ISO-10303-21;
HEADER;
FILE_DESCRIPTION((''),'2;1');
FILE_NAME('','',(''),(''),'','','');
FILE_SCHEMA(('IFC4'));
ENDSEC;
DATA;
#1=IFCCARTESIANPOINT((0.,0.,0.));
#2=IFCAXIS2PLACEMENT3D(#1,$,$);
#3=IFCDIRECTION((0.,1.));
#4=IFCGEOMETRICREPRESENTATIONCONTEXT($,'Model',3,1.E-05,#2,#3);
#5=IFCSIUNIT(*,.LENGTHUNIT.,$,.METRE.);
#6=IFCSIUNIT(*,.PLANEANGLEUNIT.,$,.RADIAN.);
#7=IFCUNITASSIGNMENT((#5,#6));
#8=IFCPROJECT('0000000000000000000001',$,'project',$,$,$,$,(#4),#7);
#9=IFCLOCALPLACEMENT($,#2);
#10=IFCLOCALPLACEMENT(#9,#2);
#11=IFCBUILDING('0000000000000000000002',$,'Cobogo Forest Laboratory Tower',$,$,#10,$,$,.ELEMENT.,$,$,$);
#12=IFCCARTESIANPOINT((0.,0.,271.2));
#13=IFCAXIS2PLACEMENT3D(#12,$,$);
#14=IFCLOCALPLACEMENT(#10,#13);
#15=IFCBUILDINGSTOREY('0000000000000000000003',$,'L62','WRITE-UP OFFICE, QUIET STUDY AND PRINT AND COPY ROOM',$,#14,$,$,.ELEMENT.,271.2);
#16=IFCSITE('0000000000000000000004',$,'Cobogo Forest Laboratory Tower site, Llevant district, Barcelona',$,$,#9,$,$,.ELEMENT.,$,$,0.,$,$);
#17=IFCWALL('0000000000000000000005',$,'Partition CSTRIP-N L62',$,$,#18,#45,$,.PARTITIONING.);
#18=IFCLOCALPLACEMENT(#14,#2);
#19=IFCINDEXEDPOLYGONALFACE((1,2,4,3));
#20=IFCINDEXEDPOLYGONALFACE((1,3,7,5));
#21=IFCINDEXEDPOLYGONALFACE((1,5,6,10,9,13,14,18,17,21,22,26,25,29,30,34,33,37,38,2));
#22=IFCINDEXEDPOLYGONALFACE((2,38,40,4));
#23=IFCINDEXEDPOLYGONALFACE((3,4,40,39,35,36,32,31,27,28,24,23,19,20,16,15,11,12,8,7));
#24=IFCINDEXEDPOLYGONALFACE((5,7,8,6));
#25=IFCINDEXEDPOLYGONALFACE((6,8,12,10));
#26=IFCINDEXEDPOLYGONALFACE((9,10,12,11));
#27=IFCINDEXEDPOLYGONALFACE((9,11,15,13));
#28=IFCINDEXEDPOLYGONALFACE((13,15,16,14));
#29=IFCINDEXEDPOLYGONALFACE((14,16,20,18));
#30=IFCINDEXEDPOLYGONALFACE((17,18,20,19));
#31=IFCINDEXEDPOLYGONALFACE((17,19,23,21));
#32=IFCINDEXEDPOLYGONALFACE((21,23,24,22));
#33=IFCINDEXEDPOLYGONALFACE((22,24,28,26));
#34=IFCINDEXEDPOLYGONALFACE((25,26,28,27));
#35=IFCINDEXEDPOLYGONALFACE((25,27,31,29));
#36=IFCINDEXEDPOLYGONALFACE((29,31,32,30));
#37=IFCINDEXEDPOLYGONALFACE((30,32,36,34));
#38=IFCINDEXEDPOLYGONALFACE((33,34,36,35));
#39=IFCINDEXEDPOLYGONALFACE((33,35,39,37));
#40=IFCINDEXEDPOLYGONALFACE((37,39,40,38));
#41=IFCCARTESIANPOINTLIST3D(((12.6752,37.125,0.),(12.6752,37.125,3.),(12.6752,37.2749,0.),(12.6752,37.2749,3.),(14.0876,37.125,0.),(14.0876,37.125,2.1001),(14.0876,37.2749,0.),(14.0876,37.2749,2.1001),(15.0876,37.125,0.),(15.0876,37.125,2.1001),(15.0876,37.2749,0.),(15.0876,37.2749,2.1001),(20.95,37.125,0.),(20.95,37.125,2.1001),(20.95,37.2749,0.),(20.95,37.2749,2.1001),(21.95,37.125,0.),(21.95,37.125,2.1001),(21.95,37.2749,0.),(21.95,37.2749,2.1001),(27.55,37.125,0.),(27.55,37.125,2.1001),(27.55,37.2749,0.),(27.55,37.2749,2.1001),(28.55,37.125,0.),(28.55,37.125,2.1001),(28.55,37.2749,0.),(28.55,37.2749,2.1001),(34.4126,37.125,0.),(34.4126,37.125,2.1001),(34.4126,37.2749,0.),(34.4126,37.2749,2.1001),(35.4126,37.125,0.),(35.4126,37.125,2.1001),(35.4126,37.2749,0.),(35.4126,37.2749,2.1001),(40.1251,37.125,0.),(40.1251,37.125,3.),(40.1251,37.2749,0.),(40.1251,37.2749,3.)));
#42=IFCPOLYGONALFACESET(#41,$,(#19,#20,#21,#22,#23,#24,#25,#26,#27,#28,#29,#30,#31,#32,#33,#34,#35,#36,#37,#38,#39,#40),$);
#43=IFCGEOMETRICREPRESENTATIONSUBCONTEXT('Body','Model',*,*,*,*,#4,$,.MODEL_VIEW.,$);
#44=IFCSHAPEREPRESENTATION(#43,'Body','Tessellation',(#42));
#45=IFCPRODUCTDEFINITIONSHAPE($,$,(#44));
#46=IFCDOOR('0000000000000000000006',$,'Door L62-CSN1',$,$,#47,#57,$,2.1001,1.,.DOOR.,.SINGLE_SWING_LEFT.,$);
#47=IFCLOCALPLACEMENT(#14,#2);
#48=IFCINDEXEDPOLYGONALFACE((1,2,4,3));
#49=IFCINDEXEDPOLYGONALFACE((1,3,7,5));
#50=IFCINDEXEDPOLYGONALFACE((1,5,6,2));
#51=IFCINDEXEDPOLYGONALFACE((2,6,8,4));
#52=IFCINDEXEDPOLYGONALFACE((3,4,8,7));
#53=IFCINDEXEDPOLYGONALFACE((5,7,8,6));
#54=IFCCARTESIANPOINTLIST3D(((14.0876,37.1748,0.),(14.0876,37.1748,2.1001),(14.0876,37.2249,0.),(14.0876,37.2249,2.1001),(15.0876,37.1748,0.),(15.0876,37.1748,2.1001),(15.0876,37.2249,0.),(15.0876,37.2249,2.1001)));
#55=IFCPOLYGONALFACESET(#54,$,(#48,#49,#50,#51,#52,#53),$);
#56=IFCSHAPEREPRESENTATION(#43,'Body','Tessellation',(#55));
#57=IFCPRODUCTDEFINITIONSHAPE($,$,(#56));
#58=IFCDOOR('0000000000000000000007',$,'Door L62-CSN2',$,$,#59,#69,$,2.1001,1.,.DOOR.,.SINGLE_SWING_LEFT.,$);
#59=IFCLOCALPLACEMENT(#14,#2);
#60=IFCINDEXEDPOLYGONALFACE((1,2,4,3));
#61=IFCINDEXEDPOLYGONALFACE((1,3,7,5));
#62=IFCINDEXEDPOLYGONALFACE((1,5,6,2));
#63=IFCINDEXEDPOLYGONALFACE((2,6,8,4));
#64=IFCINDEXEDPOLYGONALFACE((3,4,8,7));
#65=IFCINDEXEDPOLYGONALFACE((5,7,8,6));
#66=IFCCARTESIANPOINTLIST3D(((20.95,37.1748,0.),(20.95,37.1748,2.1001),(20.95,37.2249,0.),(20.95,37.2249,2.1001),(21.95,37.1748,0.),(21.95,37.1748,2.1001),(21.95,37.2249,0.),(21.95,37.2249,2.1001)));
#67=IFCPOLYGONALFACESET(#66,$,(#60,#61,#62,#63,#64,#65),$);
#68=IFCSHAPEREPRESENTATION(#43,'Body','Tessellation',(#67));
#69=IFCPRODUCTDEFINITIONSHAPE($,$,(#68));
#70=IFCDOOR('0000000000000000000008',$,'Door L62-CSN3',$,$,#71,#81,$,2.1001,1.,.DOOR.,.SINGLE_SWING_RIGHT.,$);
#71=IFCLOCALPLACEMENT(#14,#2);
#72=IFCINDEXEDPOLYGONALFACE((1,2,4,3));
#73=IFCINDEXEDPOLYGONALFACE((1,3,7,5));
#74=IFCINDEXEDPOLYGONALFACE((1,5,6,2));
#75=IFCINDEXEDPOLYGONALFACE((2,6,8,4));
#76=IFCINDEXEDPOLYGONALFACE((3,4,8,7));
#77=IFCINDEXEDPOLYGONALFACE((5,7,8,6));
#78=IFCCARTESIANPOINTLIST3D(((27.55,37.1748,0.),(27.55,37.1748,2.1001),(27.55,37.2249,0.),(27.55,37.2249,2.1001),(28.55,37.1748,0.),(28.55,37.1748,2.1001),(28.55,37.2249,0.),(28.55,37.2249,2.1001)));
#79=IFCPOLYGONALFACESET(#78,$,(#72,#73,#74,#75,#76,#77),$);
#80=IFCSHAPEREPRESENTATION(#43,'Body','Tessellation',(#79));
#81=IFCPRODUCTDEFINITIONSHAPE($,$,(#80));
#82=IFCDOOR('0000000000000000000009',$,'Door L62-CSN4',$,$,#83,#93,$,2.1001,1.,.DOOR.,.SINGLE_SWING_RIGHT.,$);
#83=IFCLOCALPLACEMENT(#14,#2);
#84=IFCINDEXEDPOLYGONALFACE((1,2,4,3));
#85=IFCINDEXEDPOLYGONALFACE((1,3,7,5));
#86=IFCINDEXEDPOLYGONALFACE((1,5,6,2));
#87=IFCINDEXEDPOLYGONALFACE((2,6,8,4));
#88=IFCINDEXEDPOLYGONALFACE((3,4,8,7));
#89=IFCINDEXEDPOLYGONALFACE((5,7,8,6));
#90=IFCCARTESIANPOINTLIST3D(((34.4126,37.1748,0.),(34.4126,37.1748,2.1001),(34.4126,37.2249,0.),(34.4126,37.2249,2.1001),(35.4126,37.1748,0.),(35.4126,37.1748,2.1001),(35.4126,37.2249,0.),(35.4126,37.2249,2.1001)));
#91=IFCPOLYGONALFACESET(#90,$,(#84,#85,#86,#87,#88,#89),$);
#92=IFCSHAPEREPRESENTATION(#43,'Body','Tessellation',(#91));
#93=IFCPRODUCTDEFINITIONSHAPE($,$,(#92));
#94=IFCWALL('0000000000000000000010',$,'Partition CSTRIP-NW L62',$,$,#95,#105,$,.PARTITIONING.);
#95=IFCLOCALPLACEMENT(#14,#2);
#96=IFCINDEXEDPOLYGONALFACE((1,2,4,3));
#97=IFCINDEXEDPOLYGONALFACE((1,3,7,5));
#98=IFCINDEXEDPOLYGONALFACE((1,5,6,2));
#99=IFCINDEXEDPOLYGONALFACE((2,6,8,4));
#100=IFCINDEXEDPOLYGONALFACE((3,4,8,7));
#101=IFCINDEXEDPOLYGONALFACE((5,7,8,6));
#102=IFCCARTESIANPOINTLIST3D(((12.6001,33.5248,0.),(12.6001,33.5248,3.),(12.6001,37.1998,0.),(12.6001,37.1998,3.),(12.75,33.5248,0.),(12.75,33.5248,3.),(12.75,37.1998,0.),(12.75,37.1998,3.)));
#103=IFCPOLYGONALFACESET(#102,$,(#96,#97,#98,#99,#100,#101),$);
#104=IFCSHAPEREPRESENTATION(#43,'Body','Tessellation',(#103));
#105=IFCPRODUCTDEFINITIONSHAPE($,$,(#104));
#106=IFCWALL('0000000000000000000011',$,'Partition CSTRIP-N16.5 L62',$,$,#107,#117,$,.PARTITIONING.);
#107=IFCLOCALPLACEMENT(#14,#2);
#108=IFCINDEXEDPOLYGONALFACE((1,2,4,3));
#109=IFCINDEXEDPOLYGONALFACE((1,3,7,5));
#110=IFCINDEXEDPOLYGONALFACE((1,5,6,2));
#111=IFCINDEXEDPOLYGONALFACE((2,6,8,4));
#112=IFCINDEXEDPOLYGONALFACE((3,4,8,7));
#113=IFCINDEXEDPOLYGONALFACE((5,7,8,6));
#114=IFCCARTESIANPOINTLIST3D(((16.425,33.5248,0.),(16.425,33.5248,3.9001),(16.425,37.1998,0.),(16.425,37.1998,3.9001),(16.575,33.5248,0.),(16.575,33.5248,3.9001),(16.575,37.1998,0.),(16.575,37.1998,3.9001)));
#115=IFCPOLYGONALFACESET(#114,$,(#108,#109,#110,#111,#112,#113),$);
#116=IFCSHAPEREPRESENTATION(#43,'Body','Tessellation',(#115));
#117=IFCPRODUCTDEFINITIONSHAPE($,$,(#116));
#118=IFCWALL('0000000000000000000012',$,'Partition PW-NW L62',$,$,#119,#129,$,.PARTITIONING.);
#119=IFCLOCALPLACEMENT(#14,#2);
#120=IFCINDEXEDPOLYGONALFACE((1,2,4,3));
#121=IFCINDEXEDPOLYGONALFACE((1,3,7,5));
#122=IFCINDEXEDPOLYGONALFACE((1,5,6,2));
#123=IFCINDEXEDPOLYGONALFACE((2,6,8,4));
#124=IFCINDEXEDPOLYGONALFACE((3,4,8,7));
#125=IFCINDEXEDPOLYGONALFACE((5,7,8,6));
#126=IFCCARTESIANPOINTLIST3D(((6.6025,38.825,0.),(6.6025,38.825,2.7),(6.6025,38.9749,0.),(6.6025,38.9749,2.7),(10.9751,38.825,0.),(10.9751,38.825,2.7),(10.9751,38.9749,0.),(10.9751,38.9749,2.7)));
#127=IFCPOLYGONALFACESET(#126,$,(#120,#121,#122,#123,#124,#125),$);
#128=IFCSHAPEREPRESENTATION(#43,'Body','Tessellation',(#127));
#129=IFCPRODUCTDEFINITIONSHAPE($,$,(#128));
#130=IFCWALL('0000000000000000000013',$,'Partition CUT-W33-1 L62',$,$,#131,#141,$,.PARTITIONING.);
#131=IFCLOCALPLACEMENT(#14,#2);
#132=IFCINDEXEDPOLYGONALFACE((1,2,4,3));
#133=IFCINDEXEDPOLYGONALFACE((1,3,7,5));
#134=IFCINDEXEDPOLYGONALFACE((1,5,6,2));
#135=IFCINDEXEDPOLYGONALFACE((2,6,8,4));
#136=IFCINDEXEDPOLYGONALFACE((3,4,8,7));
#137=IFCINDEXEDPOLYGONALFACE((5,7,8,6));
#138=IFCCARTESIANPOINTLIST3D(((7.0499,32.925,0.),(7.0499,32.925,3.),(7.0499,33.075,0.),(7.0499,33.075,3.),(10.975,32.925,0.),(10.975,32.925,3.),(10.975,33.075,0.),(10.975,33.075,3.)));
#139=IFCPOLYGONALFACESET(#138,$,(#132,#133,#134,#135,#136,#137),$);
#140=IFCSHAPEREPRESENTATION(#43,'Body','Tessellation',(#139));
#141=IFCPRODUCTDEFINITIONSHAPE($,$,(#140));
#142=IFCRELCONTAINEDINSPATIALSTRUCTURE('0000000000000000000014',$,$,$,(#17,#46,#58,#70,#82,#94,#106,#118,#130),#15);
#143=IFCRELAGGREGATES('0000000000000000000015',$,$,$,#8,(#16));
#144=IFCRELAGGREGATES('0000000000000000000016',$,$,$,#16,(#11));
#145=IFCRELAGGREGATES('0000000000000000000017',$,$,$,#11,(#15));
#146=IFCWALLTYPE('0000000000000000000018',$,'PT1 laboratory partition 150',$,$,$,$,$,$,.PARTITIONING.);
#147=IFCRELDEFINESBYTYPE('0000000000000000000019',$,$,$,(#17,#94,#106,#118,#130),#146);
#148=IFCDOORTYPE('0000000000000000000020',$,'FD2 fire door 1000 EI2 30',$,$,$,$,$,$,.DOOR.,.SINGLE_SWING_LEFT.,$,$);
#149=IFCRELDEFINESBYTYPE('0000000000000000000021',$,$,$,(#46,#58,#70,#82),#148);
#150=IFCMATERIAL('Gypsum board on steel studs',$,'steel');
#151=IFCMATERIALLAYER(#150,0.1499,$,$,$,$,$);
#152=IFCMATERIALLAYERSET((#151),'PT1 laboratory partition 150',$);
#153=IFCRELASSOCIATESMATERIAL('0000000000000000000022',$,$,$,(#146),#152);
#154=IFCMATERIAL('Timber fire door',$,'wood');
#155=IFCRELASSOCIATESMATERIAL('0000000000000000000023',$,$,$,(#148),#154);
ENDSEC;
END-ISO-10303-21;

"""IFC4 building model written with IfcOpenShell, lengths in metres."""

from ifc_helpers import new_model, si_unit, direction, frame, frame_2d, origin, place, context, subcontext, project, spatial, rectangle, extrude, material, layer, layer_set, type_object, element, fill, save


model = new_model("IFC4")

# Units and contexts
model_context = context("Model", 3, precision=1e-05, world=origin(), true_north=direction((0.0, 1.0)))
body_context = subcontext(model_context, "Body", "Model", "MODEL_VIEW")
ifc_project = project(units=[si_unit("LENGTHUNIT", "METRE"), si_unit("PLANEANGLEUNIT", "RADIAN")], contexts=[model_context])

# Site, building, storey
site_placement = place(None, origin())
site = spatial("IfcSite", under=ifc_project, at=site_placement, Name="Cobogo Forest Laboratory Tower site, Llevant district, Barcelona", CompositionType="ELEMENT", RefElevation=0.0)
building_placement = place(site_placement, origin())
building = spatial("IfcBuilding", under=site, at=building_placement, Name="Cobogo Forest Laboratory Tower", CompositionType="ELEMENT")
storey_placement = place(building_placement, frame((0.0, 0.0, 271.2)))
storey = spatial("IfcBuildingStorey", under=building, at=storey_placement, Name="L62", Description="WRITE-UP OFFICE, QUIET STUDY AND PRINT AND COPY ROOM", CompositionType="ELEMENT", Elevation=271.2)

# Wall, openings, doors
ifc_material_1 = material(Name="Gypsum board on steel studs", Category="steel")
ifc_layer_1 = layer(ifc_material_1, 0.1499)
ifc_layer_set_1 = layer_set([ifc_layer_1], Name="PT1 laboratory partition 150")
wall_type_1 = type_object("IfcWallType", Name="PT1 laboratory partition 150", PredefinedType="PARTITIONING", material=ifc_layer_set_1)
wall_1_placement = place(storey_placement, frame((12.675, 37.2, 0.0), z_axis=(0.0, 0.0, 1.0), x_axis=(1.0, 0.0, 0.0)))
wall_1 = element("IfcWall", 1, at=wall_1_placement, inside=storey, type_object=wall_type_1, Name="Partition CSTRIP-N L62", PredefinedType="PARTITIONING", context=body_context, shape_type="SweptSolid", body=[
    extrude(rectangle(XDim=27.45, YDim=0.1499, at=frame_2d((13.7251, 0.0))), origin(), (0.0, 0.0, 1.0), 3.0),
])
opening_1_placement = place(wall_1_placement, frame((1.4126, 0.0, 0.0)))
opening_1 = element("IfcOpeningElement", 2, at=opening_1_placement, cuts=wall_1, PredefinedType="OPENING", context=body_context, shape_type="SweptSolid", body=[
    extrude(rectangle(XDim=1.0, YDim=2.1001, at=frame_2d((0.5, 1.05))), frame((0.0, 0.085, 0.0), z_axis=(0.0, -1.0, 0.0), x_axis=(1.0, 0.0, 0.0)), (0.0, 0.0, 1.0), 0.1699),
])
opening_2_placement = place(wall_1_placement, frame((8.2749, 0.0, 0.0)))
opening_2 = element("IfcOpeningElement", 3, at=opening_2_placement, cuts=wall_1, PredefinedType="OPENING", context=body_context, shape_type="SweptSolid", body=[
    extrude(rectangle(XDim=1.0, YDim=2.1001, at=frame_2d((0.5, 1.05))), frame((0.0, 0.085, 0.0), z_axis=(0.0, -1.0, 0.0), x_axis=(1.0, 0.0, 0.0)), (0.0, 0.0, 1.0), 0.1699),
])
opening_3_placement = place(wall_1_placement, frame((14.875, 0.0, 0.0)))
opening_3 = element("IfcOpeningElement", 4, at=opening_3_placement, cuts=wall_1, PredefinedType="OPENING", context=body_context, shape_type="SweptSolid", body=[
    extrude(rectangle(XDim=1.0, YDim=2.1001, at=frame_2d((0.5, 1.05))), frame((0.0, 0.085, 0.0), z_axis=(0.0, -1.0, 0.0), x_axis=(1.0, 0.0, 0.0)), (0.0, 0.0, 1.0), 0.1699),
])
opening_4_placement = place(wall_1_placement, frame((21.7375, 0.0, 0.0)))
opening_4 = element("IfcOpeningElement", 5, at=opening_4_placement, cuts=wall_1, PredefinedType="OPENING", context=body_context, shape_type="SweptSolid", body=[
    extrude(rectangle(XDim=1.0, YDim=2.1001, at=frame_2d((0.5, 1.05))), frame((0.0, 0.085, 0.0), z_axis=(0.0, -1.0, 0.0), x_axis=(1.0, 0.0, 0.0)), (0.0, 0.0, 1.0), 0.1699),
])
ifc_material_2 = material(Name="Timber fire door", Category="wood")
door_type_1 = type_object("IfcDoorType", Name="FD2 fire door 1000 EI2 30", OperationType="SINGLE_SWING_LEFT", PredefinedType="DOOR", material=ifc_material_2)
door_1_placement = place(opening_1_placement, origin())
door_1 = element("IfcDoor", 6, at=door_1_placement, inside=storey, type_object=door_type_1, Name="Door L62-CSN1", OperationType="SINGLE_SWING_LEFT", OverallHeight=2.1001, OverallWidth=1.0, PredefinedType="DOOR", context=body_context, shape_type="SweptSolid", body=[
    extrude(rectangle(XDim=1.0, YDim=2.1001, at=frame_2d((0.5, 1.05))), frame((0.0, 0.0249, 0.0), z_axis=(0.0, -1.0, 0.0), x_axis=(1.0, 0.0, 0.0)), (0.0, 0.0, 1.0), 0.05),
])
fill(opening_1, door_1)
door_2_placement = place(opening_2_placement, origin())
door_2 = element("IfcDoor", 7, at=door_2_placement, inside=storey, type_object=door_type_1, Name="Door L62-CSN2", OperationType="SINGLE_SWING_LEFT", OverallHeight=2.1001, OverallWidth=1.0, PredefinedType="DOOR", context=body_context, shape_type="SweptSolid", body=[
    extrude(rectangle(XDim=1.0, YDim=2.1001, at=frame_2d((0.5, 1.05))), frame((0.0, 0.0249, 0.0), z_axis=(0.0, -1.0, 0.0), x_axis=(1.0, 0.0, 0.0)), (0.0, 0.0, 1.0), 0.05),
])
fill(opening_2, door_2)
door_3_placement = place(opening_3_placement, origin())
door_3 = element("IfcDoor", 8, at=door_3_placement, inside=storey, type_object=door_type_1, Name="Door L62-CSN3", OperationType="SINGLE_SWING_RIGHT", OverallHeight=2.1001, OverallWidth=1.0, PredefinedType="DOOR", context=body_context, shape_type="SweptSolid", body=[
    extrude(rectangle(XDim=1.0, YDim=2.1001, at=frame_2d((0.5, 1.05))), frame((0.0, 0.0249, 0.0), z_axis=(0.0, -1.0, 0.0), x_axis=(1.0, 0.0, 0.0)), (0.0, 0.0, 1.0), 0.05),
])
fill(opening_3, door_3)
door_4_placement = place(opening_4_placement, origin())
door_4 = element("IfcDoor", 9, at=door_4_placement, inside=storey, type_object=door_type_1, Name="Door L62-CSN4", OperationType="SINGLE_SWING_RIGHT", OverallHeight=2.1001, OverallWidth=1.0, PredefinedType="DOOR", context=body_context, shape_type="SweptSolid", body=[
    extrude(rectangle(XDim=1.0, YDim=2.1001, at=frame_2d((0.5, 1.05))), frame((0.0, 0.0249, 0.0), z_axis=(0.0, -1.0, 0.0), x_axis=(1.0, 0.0, 0.0)), (0.0, 0.0, 1.0), 0.05),
])
fill(opening_4, door_4)

# Walls
wall_2_placement = place(storey_placement, frame((12.675, 33.5249, 0.0), z_axis=(0.0, 0.0, 1.0), x_axis=(0.0, 1.0, 0.0)))
element("IfcWall", 10, at=wall_2_placement, inside=storey, type_object=wall_type_1, Name="Partition CSTRIP-NW L62", PredefinedType="PARTITIONING", context=body_context, shape_type="SweptSolid", body=[
    extrude(rectangle(XDim=3.675, YDim=0.1499, at=frame_2d((1.8374, 0.0))), origin(), (0.0, 0.0, 1.0), 3.0),
])
wall_3_placement = place(storey_placement, frame((16.5, 33.5249, 0.0), z_axis=(0.0, 0.0, 1.0), x_axis=(0.0, 1.0, 0.0)))
element("IfcWall", 11, at=wall_3_placement, inside=storey, type_object=wall_type_1, Name="Partition CSTRIP-N16.5 L62", PredefinedType="PARTITIONING", context=body_context, shape_type="SweptSolid", body=[
    extrude(rectangle(XDim=3.675, YDim=0.1499, at=frame_2d((1.8374, 0.0))), origin(), (0.0, 0.0, 1.0), 3.9001),
])
wall_4_placement = place(storey_placement, frame((6.6025, 38.8999, 0.0), z_axis=(0.0, 0.0, 1.0), x_axis=(1.0, 0.0, 0.0)))
element("IfcWall", 12, at=wall_4_placement, inside=storey, type_object=wall_type_1, Name="Partition PW-NW L62", PredefinedType="PARTITIONING", context=body_context, shape_type="SweptSolid", body=[
    extrude(rectangle(XDim=4.3726, YDim=0.1499, at=frame_2d((2.1863, 0.0))), origin(), (0.0, 0.0, 1.0), 2.7),
])
wall_5_placement = place(storey_placement, frame((7.05, 33.0, 0.0), z_axis=(0.0, 0.0, 1.0), x_axis=(1.0, 0.0, 0.0)))
element("IfcWall", 13, at=wall_5_placement, inside=storey, type_object=wall_type_1, Name="Partition CUT-W33-1 L62", PredefinedType="PARTITIONING", context=body_context, shape_type="SweptSolid", body=[
    extrude(rectangle(XDim=3.925, YDim=0.1499, at=frame_2d((1.9624, 0.0))), origin(), (0.0, 0.0, 1.0), 3.0),
])

save(model, "model.ifc")
